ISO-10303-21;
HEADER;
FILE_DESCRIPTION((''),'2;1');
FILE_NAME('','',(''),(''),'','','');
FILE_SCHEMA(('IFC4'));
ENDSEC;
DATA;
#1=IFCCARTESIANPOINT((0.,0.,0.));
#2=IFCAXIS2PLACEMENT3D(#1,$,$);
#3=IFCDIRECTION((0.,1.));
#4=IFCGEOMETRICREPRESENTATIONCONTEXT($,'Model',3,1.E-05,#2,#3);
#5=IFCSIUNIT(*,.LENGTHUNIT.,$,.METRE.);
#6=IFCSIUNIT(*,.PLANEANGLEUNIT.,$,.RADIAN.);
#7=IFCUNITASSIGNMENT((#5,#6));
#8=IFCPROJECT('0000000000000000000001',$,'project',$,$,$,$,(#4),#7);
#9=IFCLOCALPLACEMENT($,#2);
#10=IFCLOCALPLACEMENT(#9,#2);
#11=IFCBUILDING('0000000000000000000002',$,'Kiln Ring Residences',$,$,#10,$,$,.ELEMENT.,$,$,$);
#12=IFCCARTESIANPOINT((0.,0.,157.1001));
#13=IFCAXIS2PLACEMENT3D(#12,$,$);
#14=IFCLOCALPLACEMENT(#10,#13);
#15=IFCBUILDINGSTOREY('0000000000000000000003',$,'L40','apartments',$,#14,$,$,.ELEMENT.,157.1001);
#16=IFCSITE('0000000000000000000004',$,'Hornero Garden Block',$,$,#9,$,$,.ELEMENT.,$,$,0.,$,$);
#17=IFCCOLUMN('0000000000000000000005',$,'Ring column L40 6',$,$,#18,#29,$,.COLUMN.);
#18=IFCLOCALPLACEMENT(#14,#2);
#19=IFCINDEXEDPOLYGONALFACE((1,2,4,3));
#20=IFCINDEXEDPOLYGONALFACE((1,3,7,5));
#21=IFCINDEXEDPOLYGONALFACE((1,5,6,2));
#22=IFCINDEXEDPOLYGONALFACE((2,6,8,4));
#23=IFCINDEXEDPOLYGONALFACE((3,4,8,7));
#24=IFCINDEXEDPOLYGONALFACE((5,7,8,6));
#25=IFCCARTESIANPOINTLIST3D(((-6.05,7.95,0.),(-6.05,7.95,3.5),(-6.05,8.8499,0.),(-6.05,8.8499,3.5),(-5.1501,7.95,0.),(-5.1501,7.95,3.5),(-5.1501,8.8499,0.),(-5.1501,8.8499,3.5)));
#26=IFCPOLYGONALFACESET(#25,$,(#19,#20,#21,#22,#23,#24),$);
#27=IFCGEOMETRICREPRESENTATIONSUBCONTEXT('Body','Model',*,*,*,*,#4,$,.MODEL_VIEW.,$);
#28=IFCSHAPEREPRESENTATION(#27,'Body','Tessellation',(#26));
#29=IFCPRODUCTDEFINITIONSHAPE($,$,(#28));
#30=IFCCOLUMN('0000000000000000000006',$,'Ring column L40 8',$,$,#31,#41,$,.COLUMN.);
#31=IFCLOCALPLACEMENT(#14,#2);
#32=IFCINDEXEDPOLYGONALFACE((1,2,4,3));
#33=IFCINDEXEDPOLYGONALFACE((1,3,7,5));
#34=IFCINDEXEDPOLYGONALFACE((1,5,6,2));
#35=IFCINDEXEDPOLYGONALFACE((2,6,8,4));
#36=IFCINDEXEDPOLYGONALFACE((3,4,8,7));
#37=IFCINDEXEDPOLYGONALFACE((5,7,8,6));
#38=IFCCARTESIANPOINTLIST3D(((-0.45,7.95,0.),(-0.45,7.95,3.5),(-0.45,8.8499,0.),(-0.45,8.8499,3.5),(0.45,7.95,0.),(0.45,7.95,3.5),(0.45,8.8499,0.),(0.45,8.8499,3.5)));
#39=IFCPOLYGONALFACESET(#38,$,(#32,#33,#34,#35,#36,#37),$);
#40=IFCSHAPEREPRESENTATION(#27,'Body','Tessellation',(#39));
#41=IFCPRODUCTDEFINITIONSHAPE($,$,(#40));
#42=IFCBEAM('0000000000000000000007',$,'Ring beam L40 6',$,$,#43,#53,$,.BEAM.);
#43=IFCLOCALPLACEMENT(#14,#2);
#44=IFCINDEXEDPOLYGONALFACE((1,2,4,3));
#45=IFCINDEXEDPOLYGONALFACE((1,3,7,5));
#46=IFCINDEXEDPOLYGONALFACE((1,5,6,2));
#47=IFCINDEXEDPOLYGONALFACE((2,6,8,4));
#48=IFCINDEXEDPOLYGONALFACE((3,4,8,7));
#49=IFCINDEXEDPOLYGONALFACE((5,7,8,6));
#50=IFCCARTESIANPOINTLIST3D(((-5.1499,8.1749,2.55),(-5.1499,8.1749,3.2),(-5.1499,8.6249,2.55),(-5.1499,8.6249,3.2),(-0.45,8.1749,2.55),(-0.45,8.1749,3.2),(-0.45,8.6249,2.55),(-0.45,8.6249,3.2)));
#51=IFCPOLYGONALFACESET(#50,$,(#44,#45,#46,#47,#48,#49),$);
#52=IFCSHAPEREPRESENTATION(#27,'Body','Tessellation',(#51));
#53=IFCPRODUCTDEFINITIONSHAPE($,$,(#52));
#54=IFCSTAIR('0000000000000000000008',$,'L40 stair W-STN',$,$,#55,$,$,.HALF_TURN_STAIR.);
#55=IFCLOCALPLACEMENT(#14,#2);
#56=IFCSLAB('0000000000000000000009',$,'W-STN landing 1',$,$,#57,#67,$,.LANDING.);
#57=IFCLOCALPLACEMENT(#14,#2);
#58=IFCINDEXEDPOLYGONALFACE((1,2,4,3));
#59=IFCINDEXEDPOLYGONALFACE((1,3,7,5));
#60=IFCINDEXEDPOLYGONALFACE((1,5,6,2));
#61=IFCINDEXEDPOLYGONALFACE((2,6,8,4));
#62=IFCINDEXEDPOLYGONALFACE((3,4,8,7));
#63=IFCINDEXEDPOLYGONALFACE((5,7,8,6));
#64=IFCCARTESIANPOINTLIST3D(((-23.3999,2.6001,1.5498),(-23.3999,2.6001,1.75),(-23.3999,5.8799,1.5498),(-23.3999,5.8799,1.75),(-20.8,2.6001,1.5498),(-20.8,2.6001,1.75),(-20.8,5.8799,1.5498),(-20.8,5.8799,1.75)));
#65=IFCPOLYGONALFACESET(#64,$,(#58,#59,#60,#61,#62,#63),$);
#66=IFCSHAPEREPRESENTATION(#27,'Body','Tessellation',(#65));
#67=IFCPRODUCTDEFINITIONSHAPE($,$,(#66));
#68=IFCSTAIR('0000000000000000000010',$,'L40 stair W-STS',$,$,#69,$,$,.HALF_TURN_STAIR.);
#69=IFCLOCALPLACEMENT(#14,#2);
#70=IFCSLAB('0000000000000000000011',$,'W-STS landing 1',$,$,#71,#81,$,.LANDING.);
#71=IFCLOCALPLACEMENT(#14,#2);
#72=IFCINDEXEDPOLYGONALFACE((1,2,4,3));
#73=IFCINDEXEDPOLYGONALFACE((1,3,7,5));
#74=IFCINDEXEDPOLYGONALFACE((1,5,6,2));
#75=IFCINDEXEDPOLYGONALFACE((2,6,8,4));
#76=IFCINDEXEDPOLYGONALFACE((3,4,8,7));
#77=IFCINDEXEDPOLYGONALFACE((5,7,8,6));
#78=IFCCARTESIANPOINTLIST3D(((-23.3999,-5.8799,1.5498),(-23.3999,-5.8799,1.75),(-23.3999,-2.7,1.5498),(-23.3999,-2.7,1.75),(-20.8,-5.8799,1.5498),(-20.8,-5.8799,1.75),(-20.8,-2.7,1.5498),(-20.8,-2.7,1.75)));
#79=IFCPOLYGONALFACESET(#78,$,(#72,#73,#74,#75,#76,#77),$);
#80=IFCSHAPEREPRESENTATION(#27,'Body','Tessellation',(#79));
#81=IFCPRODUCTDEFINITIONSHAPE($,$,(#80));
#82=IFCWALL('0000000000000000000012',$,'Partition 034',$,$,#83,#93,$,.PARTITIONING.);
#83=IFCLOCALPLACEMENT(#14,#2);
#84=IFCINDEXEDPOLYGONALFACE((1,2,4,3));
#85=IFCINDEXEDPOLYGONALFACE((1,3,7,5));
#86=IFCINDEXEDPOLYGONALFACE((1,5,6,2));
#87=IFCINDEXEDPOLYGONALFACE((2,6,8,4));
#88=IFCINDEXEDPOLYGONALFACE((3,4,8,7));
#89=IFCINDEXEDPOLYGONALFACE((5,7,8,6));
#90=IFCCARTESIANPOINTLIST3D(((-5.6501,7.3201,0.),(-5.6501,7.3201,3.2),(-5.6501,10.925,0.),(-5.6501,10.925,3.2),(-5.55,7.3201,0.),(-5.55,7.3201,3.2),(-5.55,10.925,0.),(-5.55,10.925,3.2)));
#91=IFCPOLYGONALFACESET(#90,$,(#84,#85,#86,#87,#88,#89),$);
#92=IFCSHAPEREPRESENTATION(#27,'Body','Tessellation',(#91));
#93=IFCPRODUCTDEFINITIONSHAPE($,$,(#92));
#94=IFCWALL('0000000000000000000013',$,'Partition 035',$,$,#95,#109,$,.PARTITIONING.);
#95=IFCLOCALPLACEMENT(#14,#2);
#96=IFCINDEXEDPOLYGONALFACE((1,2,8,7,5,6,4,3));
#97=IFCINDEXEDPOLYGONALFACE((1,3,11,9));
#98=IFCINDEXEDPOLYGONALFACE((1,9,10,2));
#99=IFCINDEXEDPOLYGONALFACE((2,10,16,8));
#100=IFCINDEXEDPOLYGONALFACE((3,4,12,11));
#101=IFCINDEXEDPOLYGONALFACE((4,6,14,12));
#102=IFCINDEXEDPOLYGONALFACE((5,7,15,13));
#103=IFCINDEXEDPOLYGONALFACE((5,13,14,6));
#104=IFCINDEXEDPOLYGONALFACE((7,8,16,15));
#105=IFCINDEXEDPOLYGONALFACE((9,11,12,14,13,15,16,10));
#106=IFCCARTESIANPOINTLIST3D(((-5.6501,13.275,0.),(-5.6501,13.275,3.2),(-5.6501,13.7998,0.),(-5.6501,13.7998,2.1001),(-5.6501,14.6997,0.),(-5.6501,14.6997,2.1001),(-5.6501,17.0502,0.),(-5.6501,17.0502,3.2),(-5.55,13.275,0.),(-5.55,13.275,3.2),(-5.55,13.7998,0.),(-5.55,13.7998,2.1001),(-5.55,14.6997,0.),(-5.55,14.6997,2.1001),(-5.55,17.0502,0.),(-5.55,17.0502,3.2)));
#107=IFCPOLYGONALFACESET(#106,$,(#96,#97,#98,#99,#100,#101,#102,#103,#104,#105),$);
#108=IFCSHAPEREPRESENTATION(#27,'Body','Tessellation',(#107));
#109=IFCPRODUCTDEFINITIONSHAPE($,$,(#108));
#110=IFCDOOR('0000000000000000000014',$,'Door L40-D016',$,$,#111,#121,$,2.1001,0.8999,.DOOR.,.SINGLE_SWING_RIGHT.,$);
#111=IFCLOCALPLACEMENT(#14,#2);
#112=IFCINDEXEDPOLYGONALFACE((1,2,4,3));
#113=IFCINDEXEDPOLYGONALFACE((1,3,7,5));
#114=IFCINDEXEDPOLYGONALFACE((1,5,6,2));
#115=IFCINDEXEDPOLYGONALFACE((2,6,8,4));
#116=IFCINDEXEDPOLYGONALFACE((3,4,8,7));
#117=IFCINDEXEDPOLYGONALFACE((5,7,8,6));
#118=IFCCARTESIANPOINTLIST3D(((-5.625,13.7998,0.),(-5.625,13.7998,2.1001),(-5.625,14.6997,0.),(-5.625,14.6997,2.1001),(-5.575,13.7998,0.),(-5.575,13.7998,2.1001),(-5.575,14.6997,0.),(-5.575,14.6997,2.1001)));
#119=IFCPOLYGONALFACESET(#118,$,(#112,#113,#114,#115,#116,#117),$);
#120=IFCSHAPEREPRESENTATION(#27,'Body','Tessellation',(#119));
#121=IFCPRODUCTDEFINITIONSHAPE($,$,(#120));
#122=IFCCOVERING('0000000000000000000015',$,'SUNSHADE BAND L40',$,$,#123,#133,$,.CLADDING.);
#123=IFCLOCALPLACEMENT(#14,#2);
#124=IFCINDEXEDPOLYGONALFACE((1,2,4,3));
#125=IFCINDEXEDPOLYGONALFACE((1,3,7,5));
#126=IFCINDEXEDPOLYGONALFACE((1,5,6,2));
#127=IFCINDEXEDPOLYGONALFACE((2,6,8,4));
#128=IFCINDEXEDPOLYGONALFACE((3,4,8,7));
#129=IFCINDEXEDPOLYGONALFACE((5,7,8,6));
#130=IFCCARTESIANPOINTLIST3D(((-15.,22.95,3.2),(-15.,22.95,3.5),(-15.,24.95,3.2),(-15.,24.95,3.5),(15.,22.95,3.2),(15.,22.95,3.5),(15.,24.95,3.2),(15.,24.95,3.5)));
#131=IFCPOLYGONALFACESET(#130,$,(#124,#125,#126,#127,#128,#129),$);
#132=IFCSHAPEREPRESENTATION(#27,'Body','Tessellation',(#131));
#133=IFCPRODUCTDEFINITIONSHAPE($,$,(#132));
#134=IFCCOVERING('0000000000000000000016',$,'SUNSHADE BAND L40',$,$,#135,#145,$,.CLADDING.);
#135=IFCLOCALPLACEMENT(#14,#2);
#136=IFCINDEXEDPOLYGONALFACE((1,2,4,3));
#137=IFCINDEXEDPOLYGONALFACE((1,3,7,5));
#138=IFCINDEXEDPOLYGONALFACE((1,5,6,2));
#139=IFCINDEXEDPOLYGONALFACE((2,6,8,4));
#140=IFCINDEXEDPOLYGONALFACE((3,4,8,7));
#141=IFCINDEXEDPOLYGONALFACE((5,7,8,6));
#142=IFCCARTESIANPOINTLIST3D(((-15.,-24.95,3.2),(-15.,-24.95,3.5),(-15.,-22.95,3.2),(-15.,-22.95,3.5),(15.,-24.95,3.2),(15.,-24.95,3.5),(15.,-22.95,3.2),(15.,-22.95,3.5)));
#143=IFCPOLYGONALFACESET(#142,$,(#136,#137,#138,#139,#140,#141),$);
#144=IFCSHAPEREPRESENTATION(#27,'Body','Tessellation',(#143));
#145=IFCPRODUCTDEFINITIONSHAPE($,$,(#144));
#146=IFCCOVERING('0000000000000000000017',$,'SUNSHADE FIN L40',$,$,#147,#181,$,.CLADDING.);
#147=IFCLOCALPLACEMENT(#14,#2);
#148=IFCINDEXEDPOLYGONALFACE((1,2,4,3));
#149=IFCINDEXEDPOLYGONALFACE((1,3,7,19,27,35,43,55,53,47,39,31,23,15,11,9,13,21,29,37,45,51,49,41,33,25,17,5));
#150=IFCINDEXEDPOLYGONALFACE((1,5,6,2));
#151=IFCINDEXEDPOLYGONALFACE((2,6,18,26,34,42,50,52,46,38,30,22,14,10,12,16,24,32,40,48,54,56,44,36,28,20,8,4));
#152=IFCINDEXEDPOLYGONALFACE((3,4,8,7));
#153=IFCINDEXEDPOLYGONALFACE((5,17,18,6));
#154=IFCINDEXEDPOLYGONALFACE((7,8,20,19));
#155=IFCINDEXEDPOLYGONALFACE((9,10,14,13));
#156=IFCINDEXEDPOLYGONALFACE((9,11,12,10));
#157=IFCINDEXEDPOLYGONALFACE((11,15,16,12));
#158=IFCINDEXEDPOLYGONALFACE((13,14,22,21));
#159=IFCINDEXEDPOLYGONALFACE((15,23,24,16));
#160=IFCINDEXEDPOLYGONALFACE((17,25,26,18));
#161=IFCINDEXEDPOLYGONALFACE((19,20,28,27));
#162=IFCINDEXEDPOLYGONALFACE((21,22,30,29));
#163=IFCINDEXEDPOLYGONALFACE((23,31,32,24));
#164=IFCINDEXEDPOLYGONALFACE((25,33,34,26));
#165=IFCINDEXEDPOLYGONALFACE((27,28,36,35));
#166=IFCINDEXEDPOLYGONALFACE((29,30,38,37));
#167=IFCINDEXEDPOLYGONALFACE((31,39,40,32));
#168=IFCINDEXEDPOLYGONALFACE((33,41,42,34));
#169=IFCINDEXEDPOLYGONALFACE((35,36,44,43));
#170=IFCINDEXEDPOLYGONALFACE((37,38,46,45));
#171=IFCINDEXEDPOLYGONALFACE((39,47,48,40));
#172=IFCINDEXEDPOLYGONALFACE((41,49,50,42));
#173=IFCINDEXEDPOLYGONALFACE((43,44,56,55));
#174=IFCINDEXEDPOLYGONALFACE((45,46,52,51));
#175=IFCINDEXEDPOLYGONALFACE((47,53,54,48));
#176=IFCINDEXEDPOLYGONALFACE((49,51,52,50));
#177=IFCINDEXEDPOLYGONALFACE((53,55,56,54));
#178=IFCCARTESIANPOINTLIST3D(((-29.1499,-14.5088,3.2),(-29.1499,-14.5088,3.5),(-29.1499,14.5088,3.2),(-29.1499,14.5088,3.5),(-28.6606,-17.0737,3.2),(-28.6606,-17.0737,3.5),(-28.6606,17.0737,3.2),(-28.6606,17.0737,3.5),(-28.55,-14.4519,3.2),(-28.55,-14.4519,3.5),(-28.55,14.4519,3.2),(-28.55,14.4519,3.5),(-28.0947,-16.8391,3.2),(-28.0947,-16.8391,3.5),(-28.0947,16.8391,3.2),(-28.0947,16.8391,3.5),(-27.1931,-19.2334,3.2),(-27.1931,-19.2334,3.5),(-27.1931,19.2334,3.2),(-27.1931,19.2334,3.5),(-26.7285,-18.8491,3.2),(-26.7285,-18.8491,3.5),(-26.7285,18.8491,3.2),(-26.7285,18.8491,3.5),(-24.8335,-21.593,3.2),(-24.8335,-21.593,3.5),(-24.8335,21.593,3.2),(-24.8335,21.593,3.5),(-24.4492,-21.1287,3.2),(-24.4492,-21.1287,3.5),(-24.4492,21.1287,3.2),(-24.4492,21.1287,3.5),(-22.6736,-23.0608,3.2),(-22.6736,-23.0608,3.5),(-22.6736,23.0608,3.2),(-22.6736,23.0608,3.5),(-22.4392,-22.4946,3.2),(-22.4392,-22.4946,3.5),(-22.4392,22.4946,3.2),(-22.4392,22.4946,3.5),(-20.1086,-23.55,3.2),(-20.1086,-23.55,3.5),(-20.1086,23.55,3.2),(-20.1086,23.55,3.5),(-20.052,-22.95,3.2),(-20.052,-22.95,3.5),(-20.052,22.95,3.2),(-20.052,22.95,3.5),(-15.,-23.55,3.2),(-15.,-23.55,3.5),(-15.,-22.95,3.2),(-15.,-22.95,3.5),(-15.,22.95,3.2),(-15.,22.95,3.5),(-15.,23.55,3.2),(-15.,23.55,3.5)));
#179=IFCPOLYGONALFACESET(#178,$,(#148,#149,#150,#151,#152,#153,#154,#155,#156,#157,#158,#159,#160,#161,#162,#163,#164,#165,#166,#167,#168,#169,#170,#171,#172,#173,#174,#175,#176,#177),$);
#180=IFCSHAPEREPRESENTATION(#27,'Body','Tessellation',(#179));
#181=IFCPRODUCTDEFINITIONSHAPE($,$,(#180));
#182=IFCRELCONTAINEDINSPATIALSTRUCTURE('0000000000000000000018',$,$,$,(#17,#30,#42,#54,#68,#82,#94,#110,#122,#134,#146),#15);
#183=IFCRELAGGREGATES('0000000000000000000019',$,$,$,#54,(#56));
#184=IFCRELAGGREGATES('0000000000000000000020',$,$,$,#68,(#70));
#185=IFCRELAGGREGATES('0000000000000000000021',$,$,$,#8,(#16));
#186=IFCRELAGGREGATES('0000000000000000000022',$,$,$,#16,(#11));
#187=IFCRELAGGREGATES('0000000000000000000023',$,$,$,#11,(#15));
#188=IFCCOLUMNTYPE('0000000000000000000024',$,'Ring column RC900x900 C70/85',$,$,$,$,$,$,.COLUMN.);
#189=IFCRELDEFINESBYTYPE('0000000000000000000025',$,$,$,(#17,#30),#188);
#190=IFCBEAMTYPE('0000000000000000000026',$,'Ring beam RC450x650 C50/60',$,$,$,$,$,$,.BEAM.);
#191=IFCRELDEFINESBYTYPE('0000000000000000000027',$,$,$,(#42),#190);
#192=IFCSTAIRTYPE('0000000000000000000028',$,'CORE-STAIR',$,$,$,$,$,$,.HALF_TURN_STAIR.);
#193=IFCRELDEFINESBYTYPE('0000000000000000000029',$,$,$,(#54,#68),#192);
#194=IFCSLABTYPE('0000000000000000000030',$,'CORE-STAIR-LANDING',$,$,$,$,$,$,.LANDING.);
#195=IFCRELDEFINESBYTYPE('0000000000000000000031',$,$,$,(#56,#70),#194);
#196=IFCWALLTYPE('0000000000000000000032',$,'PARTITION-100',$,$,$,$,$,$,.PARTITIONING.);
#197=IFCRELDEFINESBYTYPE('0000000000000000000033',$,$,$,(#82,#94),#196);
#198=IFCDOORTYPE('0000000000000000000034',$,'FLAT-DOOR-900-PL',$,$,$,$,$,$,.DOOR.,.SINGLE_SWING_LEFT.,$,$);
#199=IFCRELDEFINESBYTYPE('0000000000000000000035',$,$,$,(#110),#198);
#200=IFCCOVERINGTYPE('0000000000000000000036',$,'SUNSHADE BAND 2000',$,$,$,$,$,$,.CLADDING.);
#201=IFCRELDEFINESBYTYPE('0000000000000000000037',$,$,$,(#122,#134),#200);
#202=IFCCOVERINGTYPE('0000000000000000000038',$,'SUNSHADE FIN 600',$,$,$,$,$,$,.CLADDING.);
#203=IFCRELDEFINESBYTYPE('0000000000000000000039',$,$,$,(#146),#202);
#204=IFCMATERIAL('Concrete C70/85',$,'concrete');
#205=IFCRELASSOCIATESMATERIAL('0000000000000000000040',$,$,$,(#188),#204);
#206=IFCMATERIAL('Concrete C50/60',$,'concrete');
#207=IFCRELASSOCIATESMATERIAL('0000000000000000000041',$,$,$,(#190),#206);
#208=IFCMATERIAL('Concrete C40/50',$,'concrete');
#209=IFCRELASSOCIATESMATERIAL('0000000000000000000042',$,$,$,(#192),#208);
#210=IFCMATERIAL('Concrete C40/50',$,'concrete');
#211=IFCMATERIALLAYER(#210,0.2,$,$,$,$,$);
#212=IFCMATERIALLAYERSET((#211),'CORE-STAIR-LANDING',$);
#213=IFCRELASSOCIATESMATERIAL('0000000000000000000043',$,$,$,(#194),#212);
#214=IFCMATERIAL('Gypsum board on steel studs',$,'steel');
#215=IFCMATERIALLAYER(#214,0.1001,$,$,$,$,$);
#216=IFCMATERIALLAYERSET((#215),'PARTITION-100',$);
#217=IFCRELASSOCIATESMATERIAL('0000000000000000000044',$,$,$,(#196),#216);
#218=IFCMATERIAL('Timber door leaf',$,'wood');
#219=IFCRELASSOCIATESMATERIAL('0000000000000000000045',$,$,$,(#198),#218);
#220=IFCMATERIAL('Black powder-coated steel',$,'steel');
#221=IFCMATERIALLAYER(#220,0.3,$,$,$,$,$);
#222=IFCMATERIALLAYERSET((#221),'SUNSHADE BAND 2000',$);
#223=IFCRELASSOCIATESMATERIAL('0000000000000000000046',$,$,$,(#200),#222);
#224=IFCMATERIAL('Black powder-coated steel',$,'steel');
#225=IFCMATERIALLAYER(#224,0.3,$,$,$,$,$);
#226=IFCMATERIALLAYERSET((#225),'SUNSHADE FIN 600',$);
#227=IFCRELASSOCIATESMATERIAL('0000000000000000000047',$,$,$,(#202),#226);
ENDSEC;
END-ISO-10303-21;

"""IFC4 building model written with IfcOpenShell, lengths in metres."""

from ifc_helpers import new_model, si_unit, direction, frame, frame_2d, origin, origin_2d, place, context, subcontext, project, spatial, polyline, rectangle, outline, extrude, material, layer, layer_set, material_profile, profile_set, type_object, element, fill, aggregate, save


model = new_model("IFC4")

# Units and contexts
model_context = context("Model", 3, precision=1e-05, world=origin(), true_north=direction((0.0, 1.0)))
body_context = subcontext(model_context, "Body", "Model", "MODEL_VIEW")
ifc_project = project(units=[si_unit("LENGTHUNIT", "METRE"), si_unit("PLANEANGLEUNIT", "RADIAN")], contexts=[model_context])

# Site, building, storey
site_placement = place(None, origin())
site = spatial("IfcSite", under=ifc_project, at=site_placement, Name="Hornero Garden Block", CompositionType="ELEMENT", RefElevation=0.0)
building_placement = place(site_placement, origin())
building = spatial("IfcBuilding", under=site, at=building_placement, Name="Kiln Ring Residences", CompositionType="ELEMENT")
storey_placement = place(building_placement, frame((0.0, 0.0, 157.1001)))
storey = spatial("IfcBuildingStorey", under=building, at=storey_placement, Name="L40", Description="apartments", CompositionType="ELEMENT", Elevation=157.1001)

# Columns
ifc_material_1 = material(Name="Concrete C70/85", Category="concrete")
ifc_material_profile_1 = material_profile(ifc_material_1, rectangle(XDim=0.8999, YDim=0.8999, at=origin_2d()), Name="RC900x900")
ifc_profile_set_1 = profile_set([ifc_material_profile_1], Name="Concrete C70/85")
column_type = type_object("IfcColumnType", Name="Ring column RC900x900 C70/85", PredefinedType="COLUMN", material=ifc_profile_set_1)
for number, where, z_axis, x_axis, name in (
    (1, (-5.6001, 8.3999, 0.0), (0.0, 0.0, 1.0), (1.0, 0.0, 0.0), "Ring column L40 6"),
    (2, (0.0, 8.3999, 0.0), (0.0, 0.0, 1.0), (1.0, 0.0, 0.0), "Ring column L40 8"),
):
    element("IfcColumn", number, at=place(storey_placement, frame(where, z_axis=z_axis, x_axis=x_axis)), inside=storey, type_object=column_type, Name=name, PredefinedType="COLUMN", context=body_context, shape_type="SweptSolid", body=[
        extrude(rectangle(XDim=0.8999, YDim=0.8999, at=origin_2d()), origin(), (0.0, 0.0, 1.0), 3.5),
    ])

# Beam
ifc_material_2 = material(Name="Concrete C50/60", Category="concrete")
ifc_material_profile_2 = material_profile(ifc_material_2, rectangle(XDim=0.45, YDim=0.6499, at=origin_2d()), Name="RC450x650")
ifc_profile_set_2 = profile_set([ifc_material_profile_2], Name="Concrete C50/60")
beam_type = type_object("IfcBeamType", Name="Ring beam RC450x650 C50/60", PredefinedType="BEAM", material=ifc_profile_set_2)
beam_placement = place(storey_placement, frame((-5.1499, 8.3999, 2.875), z_axis=(1.0, 0.0, 0.0), x_axis=(0.0, 1.0, 0.0)))
element("IfcBeam", 3, at=beam_placement, inside=storey, type_object=beam_type, Name="Ring beam L40 6", PredefinedType="BEAM", context=body_context, shape_type="SweptSolid", body=[
    extrude(rectangle(XDim=0.45, YDim=0.6499, at=origin_2d()), origin(), (0.0, 0.0, 1.0), 4.7),
])

# Stairs, slabs
ifc_material_3 = material(Name="Concrete C40/50", Category="concrete")
stair_type = type_object("IfcStairType", Name="CORE-STAIR", PredefinedType="HALF_TURN_STAIR", material=ifc_material_3)
placement_1 = place(storey_placement, origin())
stair_1 = element("IfcStair", 4, at=placement_1, inside=storey, type_object=stair_type, Name="L40 stair W-STN", PredefinedType="HALF_TURN_STAIR")
ifc_material_4 = material(Name="Concrete C40/50", Category="concrete")
ifc_layer_1 = layer(ifc_material_4, 0.2)
ifc_layer_set_1 = layer_set([ifc_layer_1], Name="CORE-STAIR-LANDING")
slab_type = type_object("IfcSlabType", Name="CORE-STAIR-LANDING", PredefinedType="LANDING", material=ifc_layer_set_1)
placement_2 = place(storey_placement, frame((0.0, 0.0, 1.5498)))
slab_1 = element("IfcSlab", 5, at=placement_2, type_object=slab_type, Name="W-STN landing 1", PredefinedType="LANDING", context=body_context, shape_type="SweptSolid", body=[
    extrude(outline(polyline([(-23.3999, 5.8799), (-23.3999, 2.6001), (-20.8, 2.6001), (-20.8, 5.8799), (-23.3999, 5.8799)])), origin(), (0.0, 0.0, 1.0), 0.2002),
])
aggregate(stair_1, [slab_1])
stair_2 = element("IfcStair", 6, at=placement_1, inside=storey, type_object=stair_type, Name="L40 stair W-STS", PredefinedType="HALF_TURN_STAIR")
slab_2 = element("IfcSlab", 7, at=placement_2, type_object=slab_type, Name="W-STS landing 1", PredefinedType="LANDING", context=body_context, shape_type="SweptSolid", body=[
    extrude(outline(polyline([(-20.8, -5.8799), (-20.8, -2.7), (-23.3999, -2.7), (-23.3999, -5.8799), (-20.8, -5.8799)])), origin(), (0.0, 0.0, 1.0), 0.2002),
])
aggregate(stair_2, [slab_2])

# Wall
ifc_material_5 = material(Name="Gypsum board on steel studs", Category="steel")
ifc_layer_2 = layer(ifc_material_5, 0.1001)
ifc_layer_set_2 = layer_set([ifc_layer_2], Name="PARTITION-100")
wall_type = type_object("IfcWallType", Name="PARTITION-100", PredefinedType="PARTITIONING", material=ifc_layer_set_2)
wall_1_placement = place(storey_placement, frame((-5.6001, 7.3201, 0.0), z_axis=(0.0, 0.0, 1.0), x_axis=(0.0, 1.0, 0.0)))
element("IfcWall", 8, at=wall_1_placement, inside=storey, type_object=wall_type, Name="Partition 034", PredefinedType="PARTITIONING", context=body_context, shape_type="SweptSolid", body=[
    extrude(rectangle(XDim=3.605, YDim=0.1001, at=frame_2d((1.8025, 0.0))), origin(), (0.0, 0.0, 1.0), 3.2),
])

# Wall, opening, door
wall_2_placement = place(storey_placement, frame((-5.6001, 13.2749, 0.0), z_axis=(0.0, 0.0, 1.0), x_axis=(0.0, 1.0, 0.0)))
wall_2 = element("IfcWall", 9, at=wall_2_placement, inside=storey, type_object=wall_type, Name="Partition 035", PredefinedType="PARTITIONING", context=body_context, shape_type="SweptSolid", body=[
    extrude(rectangle(XDim=3.7751, YDim=0.1001, at=frame_2d((1.8877, 0.0))), origin(), (0.0, 0.0, 1.0), 3.2),
])
opening_placement = place(wall_2_placement, frame((0.5249, 0.0, 0.0)))
opening = element("IfcOpeningElement", 10, at=opening_placement, cuts=wall_2, PredefinedType="OPENING", context=body_context, shape_type="SweptSolid", body=[
    extrude(rectangle(XDim=0.8999, YDim=2.1001, at=frame_2d((0.45, 1.05))), frame((0.0, 0.0601, 0.0), z_axis=(0.0, -1.0, 0.0), x_axis=(1.0, 0.0, 0.0)), (0.0, 0.0, 1.0), 0.1201),
])
ifc_material_6 = material(Name="Timber door leaf", Category="wood")
door_type = type_object("IfcDoorType", Name="FLAT-DOOR-900-PL", OperationType="SINGLE_SWING_LEFT", PredefinedType="DOOR", material=ifc_material_6)
door_placement = place(opening_placement, origin())
door = element("IfcDoor", 11, at=door_placement, inside=storey, type_object=door_type, Name="Door L40-D016", OperationType="SINGLE_SWING_RIGHT", OverallHeight=2.1001, OverallWidth=0.8999, PredefinedType="DOOR", context=body_context, shape_type="SweptSolid", body=[
    extrude(rectangle(XDim=0.8999, YDim=2.1001, at=frame_2d((0.45, 1.05))), frame((0.0, 0.0249, 0.0), z_axis=(0.0, -1.0, 0.0), x_axis=(1.0, 0.0, 0.0)), (0.0, 0.0, 1.0), 0.05),
])
fill(opening, door)

# Coverings
ifc_material_7 = material(Name="Black powder-coated steel", Category="steel")
ifc_layer_3 = layer(ifc_material_7, 0.3)
ifc_layer_set_3 = layer_set([ifc_layer_3], Name="SUNSHADE BAND 2000")
covering_type_1 = type_object("IfcCoveringType", Name="SUNSHADE BAND 2000", PredefinedType="CLADDING", material=ifc_layer_set_3)
placement_3 = place(storey_placement, frame((0.0, 0.0, 3.2)))
element("IfcCovering", 12, at=placement_3, inside=storey, type_object=covering_type_1, Name="SUNSHADE BAND L40", PredefinedType="CLADDING", context=body_context, shape_type="SweptSolid", body=[
    extrude(outline(polyline([(15.0, 24.95), (-15.0, 24.95), (-15.0, 22.95), (15.0, 22.95), (15.0, 24.95)])), origin(), (0.0, 0.0, 1.0), 0.3),
])
element("IfcCovering", 13, at=placement_3, inside=storey, type_object=covering_type_1, Name="SUNSHADE BAND L40", PredefinedType="CLADDING", context=body_context, shape_type="SweptSolid", body=[
    extrude(outline(polyline([(-15.0, -24.95), (15.0, -24.95), (15.0, -22.95), (-15.0, -22.95), (-15.0, -24.95)])), origin(), (0.0, 0.0, 1.0), 0.3),
])
ifc_material_8 = material(Name="Black powder-coated steel", Category="steel")
ifc_layer_4 = layer(ifc_material_8, 0.3)
ifc_layer_set_4 = layer_set([ifc_layer_4], Name="SUNSHADE FIN 600")
covering_type_2 = type_object("IfcCoveringType", Name="SUNSHADE FIN 600", PredefinedType="CLADDING", material=ifc_layer_set_4)
element("IfcCovering", 14, at=placement_3, inside=storey, type_object=covering_type_2, Name="SUNSHADE FIN L40", PredefinedType="CLADDING", context=body_context, shape_type="SweptSolid", body=[
    extrude(outline(polyline([(-29.1499, -14.5088), (-28.6606, -17.0737), (-27.1931, -19.2334), (-24.8335, -21.593), (-22.6736, -23.0608), (-20.1086, -23.55), (-15.0, -23.55), (-15.0, -22.95), (-20.052, -22.95), (-22.4392, -22.4946), (-24.4492, -21.1287), (-26.7285, -18.8491), (-28.0947, -16.8391), (-28.55, -14.4519), (-28.55, 14.4519), (-28.0947, 16.8391), (-26.7285, 18.8491), (-24.4492, 21.1287), (-22.4392, 22.4946), (-20.052, 22.95), (-15.0, 22.95), (-15.0, 23.55), (-20.1086, 23.55), (-22.6736, 23.0608), (-24.8335, 21.593), (-27.1931, 19.2334), (-28.6606, 17.0737), (-29.1499, 14.5088), (-29.1499, -14.5088)])), origin(), (0.0, 0.0, 1.0), 0.3),
])

save(model, "model.ifc")
